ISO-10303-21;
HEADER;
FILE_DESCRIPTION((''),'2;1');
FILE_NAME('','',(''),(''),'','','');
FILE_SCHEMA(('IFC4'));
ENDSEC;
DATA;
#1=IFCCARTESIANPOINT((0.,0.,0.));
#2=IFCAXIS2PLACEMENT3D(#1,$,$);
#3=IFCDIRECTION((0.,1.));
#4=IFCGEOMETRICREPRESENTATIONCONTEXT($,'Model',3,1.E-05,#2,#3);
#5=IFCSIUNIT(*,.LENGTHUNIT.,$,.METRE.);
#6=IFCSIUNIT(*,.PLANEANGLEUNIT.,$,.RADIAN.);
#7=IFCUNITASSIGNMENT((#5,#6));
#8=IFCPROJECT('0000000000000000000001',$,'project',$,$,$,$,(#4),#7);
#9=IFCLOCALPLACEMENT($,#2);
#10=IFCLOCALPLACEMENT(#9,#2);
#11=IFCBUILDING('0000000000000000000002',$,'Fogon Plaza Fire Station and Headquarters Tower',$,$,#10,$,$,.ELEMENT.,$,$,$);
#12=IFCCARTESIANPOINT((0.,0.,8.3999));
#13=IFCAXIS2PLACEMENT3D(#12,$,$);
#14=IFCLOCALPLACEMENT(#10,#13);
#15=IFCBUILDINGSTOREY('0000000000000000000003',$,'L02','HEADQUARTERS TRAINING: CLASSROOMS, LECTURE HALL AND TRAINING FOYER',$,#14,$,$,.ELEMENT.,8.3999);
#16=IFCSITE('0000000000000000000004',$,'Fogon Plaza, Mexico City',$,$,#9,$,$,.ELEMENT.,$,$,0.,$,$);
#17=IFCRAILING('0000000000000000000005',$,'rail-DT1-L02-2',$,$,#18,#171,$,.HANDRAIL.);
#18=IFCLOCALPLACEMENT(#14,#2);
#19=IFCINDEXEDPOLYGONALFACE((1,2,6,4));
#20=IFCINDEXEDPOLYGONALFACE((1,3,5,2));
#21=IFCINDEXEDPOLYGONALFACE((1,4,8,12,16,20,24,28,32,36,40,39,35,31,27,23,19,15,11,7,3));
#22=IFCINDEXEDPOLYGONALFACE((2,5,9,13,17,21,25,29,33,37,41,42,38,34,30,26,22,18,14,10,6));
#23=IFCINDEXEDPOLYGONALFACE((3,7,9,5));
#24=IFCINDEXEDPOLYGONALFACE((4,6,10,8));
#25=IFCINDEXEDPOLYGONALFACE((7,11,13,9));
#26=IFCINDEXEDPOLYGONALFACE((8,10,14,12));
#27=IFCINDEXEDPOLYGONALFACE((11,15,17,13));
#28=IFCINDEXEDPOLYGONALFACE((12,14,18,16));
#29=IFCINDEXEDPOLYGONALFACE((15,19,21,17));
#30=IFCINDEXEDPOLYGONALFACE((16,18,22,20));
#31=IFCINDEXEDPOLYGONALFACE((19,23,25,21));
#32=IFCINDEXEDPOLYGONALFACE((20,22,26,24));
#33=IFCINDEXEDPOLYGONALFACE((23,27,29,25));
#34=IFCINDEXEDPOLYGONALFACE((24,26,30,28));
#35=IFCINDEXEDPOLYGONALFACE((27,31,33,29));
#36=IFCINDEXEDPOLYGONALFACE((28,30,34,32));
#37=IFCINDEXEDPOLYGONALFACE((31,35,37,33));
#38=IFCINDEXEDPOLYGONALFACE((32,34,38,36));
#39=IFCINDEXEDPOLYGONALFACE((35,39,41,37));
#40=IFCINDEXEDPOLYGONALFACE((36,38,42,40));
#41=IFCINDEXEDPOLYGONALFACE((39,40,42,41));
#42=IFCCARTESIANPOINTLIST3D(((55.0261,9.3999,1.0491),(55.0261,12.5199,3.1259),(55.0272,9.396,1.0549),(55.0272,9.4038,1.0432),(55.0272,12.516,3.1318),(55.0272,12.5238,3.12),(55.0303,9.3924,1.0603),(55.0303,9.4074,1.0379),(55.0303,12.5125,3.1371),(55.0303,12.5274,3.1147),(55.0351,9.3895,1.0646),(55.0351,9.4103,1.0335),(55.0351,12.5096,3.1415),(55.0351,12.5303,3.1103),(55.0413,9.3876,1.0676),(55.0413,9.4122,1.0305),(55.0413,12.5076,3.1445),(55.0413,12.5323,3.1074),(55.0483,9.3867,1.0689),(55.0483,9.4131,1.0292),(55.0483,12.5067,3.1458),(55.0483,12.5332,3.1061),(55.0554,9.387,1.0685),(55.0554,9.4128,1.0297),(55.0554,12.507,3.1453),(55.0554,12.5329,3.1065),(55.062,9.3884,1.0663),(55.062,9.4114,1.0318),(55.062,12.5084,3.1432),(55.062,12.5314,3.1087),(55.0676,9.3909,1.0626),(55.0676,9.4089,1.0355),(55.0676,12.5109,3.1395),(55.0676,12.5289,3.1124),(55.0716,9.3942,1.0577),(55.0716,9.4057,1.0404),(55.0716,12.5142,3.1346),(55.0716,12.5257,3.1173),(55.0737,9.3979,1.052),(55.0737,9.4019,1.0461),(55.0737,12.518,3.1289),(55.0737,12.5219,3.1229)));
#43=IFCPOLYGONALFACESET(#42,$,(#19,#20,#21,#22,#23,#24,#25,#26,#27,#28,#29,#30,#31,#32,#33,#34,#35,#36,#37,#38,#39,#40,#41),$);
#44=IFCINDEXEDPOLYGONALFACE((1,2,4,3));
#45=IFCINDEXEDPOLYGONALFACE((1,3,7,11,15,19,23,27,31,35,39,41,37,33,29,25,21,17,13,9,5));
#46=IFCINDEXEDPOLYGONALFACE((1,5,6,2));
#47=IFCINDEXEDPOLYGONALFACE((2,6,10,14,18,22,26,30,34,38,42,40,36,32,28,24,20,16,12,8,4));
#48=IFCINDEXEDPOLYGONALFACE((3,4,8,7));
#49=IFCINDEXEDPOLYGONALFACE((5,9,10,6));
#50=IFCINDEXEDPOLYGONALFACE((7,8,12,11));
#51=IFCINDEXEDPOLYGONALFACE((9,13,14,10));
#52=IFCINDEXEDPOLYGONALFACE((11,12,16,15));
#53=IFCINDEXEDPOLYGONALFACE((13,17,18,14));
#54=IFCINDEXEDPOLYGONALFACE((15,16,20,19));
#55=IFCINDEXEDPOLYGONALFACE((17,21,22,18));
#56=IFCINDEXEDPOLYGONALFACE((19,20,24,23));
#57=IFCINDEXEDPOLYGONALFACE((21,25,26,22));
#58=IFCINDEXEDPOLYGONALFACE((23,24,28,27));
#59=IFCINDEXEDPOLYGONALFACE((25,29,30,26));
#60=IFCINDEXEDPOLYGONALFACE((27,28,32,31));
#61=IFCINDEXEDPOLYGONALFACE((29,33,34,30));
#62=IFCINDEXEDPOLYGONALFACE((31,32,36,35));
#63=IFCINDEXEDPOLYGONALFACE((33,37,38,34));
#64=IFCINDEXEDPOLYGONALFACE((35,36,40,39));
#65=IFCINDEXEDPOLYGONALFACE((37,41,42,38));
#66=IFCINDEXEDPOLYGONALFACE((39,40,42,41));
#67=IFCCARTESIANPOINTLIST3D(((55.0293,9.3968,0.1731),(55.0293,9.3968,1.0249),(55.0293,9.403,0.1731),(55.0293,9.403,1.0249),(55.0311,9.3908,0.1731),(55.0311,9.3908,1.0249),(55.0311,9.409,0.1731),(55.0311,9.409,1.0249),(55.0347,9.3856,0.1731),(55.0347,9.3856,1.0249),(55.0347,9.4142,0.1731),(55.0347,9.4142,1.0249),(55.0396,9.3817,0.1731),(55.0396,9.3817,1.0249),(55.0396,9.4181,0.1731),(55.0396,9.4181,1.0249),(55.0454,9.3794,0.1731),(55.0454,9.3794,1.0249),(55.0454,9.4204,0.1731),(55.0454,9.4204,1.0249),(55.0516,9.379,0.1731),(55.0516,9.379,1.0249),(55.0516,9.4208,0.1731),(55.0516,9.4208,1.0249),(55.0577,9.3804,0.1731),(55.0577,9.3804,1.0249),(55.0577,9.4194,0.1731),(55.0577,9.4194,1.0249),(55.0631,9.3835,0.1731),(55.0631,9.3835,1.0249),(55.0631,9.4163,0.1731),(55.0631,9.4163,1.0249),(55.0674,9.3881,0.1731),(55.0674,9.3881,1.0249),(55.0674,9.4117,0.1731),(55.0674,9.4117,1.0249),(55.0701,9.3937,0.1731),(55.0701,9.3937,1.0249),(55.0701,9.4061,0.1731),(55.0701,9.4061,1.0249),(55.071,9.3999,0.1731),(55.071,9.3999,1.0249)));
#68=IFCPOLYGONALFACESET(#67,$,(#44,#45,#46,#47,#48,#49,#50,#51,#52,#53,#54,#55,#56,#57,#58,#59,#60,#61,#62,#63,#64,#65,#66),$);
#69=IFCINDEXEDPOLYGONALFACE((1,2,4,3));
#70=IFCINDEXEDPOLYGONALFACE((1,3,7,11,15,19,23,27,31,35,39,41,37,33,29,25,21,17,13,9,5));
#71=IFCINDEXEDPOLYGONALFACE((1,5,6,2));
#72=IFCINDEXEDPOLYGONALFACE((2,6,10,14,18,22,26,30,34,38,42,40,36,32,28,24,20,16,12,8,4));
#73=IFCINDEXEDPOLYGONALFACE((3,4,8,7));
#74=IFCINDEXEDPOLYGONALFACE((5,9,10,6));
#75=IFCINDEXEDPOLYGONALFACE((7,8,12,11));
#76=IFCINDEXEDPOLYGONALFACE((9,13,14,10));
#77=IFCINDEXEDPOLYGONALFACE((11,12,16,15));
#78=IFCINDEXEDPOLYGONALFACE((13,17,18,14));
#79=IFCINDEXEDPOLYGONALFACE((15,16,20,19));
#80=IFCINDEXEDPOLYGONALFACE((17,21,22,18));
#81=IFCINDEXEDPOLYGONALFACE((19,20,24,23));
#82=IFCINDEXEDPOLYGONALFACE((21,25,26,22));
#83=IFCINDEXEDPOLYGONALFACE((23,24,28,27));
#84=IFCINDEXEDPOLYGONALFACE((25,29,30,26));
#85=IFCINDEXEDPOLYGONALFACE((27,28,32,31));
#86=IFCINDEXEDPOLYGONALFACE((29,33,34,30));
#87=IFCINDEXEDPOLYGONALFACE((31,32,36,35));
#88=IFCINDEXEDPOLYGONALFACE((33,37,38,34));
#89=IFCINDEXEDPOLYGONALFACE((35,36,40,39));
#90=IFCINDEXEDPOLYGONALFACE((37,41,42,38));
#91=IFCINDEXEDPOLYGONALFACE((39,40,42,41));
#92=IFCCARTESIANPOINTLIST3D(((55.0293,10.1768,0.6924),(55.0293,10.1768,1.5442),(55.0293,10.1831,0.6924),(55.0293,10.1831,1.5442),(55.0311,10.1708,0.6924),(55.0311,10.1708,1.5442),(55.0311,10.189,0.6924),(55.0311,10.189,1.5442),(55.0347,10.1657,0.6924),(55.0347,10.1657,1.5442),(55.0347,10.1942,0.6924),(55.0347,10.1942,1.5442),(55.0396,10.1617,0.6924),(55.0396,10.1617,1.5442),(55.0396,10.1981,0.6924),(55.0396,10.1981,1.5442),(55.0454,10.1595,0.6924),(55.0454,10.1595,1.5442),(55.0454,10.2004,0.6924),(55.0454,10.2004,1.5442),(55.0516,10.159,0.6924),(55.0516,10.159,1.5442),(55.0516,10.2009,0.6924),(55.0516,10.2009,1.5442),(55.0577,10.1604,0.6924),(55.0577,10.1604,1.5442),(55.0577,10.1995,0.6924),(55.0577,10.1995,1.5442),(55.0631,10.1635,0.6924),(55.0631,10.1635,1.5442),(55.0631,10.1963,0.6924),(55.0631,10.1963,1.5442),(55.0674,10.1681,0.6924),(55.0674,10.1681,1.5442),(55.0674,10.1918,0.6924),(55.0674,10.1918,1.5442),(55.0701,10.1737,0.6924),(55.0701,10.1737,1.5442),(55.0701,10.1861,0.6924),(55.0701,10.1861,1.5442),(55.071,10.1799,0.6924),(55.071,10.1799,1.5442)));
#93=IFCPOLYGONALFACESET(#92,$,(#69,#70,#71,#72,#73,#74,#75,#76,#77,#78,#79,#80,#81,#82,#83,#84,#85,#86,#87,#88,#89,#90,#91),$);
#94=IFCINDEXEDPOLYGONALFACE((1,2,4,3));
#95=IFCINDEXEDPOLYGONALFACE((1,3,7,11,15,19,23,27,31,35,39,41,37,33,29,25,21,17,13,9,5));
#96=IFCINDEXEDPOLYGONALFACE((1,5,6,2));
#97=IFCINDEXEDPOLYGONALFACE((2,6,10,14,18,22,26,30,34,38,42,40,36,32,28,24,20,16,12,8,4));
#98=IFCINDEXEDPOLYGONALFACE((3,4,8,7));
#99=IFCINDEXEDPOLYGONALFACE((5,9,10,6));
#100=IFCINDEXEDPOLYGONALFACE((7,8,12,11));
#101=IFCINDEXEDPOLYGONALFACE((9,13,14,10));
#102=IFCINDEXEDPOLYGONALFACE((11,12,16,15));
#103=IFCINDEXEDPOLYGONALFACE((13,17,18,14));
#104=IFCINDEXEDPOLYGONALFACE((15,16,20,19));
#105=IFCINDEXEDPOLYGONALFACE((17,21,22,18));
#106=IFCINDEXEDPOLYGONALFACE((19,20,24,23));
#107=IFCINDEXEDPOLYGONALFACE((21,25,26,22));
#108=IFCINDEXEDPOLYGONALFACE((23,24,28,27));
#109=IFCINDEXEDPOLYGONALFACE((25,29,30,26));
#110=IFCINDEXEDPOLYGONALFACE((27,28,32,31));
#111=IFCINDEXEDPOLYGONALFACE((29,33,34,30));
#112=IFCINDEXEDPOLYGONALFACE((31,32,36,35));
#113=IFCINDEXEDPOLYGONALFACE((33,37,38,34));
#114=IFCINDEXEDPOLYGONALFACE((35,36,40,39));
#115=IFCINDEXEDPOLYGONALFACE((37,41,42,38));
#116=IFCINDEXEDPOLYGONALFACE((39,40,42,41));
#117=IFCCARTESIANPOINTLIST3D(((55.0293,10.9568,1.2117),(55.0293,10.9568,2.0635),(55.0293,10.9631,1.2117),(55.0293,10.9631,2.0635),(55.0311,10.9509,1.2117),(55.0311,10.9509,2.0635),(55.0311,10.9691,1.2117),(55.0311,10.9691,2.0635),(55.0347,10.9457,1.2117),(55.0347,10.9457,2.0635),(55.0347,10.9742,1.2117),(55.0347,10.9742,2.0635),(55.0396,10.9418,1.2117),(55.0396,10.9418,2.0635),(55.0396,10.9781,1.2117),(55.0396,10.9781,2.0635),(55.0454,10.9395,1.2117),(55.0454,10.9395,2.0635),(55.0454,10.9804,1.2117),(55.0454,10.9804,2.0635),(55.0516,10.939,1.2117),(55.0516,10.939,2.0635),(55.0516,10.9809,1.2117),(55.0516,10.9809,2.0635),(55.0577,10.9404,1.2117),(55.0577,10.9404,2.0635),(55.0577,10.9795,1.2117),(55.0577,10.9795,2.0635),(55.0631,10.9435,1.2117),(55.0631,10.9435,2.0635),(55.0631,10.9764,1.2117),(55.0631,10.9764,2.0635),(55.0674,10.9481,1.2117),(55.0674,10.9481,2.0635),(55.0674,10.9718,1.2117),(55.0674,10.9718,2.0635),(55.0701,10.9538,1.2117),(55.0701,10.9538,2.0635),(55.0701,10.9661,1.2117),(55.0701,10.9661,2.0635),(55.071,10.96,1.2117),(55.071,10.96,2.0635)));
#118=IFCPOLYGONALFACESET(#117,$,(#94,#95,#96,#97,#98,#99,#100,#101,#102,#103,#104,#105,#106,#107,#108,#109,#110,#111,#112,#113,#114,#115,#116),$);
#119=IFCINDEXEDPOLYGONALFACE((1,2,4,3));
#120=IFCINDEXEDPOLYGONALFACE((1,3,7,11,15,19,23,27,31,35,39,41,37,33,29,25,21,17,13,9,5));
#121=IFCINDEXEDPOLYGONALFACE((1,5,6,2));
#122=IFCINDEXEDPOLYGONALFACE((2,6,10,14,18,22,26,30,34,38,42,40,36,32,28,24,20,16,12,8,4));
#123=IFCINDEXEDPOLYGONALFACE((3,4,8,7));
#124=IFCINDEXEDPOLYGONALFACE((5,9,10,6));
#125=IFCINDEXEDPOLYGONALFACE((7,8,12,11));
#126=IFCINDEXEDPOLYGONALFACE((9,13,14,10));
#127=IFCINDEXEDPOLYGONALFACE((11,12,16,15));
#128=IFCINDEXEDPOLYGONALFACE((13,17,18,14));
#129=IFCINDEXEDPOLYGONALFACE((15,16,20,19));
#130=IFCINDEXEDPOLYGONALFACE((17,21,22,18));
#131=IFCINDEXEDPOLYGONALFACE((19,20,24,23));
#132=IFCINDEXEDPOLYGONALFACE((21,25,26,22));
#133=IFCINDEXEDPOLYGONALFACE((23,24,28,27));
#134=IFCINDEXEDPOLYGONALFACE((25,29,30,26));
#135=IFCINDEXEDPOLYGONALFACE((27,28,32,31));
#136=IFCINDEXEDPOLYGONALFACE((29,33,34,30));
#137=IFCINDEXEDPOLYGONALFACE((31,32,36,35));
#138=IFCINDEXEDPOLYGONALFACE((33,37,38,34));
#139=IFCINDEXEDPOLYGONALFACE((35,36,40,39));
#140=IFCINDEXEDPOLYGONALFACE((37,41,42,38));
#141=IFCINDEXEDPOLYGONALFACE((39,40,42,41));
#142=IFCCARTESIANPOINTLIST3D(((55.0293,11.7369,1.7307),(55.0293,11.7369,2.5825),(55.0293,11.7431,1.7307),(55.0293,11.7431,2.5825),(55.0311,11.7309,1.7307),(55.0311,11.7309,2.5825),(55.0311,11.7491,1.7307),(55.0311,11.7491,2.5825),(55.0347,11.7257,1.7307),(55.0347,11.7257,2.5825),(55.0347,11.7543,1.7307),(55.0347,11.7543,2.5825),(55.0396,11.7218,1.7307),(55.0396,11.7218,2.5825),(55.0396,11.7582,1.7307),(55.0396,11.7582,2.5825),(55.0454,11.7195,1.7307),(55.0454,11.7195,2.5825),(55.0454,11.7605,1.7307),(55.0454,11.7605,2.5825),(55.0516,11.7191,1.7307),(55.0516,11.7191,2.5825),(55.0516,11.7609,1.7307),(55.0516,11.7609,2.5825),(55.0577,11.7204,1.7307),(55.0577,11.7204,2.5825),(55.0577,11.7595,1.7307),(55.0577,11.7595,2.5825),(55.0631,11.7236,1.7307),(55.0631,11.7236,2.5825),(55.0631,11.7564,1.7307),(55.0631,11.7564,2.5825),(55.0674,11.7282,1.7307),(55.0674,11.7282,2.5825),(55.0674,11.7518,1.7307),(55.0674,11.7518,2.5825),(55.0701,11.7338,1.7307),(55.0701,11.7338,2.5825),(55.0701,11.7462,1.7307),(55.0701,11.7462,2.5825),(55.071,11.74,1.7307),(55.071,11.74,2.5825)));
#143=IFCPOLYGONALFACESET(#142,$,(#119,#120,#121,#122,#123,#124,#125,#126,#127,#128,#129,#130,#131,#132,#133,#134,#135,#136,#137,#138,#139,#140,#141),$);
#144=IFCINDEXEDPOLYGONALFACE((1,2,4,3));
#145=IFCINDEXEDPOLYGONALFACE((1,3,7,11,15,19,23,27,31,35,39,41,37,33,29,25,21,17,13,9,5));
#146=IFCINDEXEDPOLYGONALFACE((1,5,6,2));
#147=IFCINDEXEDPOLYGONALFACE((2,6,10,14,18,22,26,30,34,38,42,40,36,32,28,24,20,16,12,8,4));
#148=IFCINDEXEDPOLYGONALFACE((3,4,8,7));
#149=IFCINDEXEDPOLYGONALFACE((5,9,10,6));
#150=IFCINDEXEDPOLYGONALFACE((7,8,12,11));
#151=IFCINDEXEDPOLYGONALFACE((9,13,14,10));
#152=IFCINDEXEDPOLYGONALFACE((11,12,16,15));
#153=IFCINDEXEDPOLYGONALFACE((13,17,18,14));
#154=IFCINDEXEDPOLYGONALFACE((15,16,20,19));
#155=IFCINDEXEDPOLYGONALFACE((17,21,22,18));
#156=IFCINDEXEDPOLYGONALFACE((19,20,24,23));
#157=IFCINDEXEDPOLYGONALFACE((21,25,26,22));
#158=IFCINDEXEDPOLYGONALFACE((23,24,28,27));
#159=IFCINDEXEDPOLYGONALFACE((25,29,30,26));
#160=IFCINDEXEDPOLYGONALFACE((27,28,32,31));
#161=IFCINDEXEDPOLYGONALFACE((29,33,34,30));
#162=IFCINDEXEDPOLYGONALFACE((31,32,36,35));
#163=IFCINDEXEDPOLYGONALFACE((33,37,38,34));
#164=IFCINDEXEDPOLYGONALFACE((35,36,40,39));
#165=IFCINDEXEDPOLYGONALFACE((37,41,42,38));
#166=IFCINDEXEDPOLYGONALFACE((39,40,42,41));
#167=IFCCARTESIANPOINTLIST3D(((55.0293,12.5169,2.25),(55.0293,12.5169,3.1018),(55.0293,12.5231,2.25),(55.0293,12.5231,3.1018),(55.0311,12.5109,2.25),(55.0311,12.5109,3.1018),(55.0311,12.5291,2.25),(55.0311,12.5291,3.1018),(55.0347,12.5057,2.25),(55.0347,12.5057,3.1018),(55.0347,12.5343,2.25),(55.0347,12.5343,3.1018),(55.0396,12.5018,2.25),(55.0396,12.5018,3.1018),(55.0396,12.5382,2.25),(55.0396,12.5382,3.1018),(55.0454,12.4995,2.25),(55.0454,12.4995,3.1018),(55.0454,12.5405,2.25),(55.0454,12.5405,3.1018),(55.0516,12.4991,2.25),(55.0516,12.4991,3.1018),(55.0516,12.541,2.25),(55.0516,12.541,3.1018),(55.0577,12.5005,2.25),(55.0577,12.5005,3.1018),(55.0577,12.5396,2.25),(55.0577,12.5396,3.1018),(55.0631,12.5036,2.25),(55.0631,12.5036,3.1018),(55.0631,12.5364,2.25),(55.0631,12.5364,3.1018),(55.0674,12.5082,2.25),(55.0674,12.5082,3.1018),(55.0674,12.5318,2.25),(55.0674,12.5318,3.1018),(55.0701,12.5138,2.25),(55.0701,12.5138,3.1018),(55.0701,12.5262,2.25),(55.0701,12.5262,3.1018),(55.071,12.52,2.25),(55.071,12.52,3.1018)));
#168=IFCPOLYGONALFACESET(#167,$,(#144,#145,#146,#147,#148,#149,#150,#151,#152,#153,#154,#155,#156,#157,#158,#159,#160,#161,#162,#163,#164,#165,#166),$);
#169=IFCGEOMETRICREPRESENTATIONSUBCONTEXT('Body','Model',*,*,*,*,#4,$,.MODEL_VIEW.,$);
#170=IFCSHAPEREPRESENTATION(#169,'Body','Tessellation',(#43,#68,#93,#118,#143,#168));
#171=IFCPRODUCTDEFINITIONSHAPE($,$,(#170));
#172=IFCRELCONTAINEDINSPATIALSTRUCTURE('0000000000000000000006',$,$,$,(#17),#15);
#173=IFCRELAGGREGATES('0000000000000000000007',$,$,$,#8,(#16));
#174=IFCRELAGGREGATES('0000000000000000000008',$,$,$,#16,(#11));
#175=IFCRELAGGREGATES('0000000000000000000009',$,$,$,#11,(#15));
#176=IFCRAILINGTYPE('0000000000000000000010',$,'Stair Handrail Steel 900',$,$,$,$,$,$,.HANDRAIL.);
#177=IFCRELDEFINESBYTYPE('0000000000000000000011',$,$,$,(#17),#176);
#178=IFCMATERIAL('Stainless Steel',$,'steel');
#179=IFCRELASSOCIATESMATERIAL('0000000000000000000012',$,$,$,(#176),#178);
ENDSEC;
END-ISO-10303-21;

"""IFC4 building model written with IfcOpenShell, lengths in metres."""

from ifc_helpers import new_model, si_unit, direction, frame, origin, origin_2d, place, context, subcontext, project, spatial, circle, extrude, material, type_object, element, save


model = new_model("IFC4")

# Units and contexts
model_context = context("Model", 3, precision=1e-05, world=origin(), true_north=direction((0.0, 1.0)))
body_context = subcontext(model_context, "Body", "Model", "MODEL_VIEW")
ifc_project = project(units=[si_unit("LENGTHUNIT", "METRE"), si_unit("PLANEANGLEUNIT", "RADIAN")], contexts=[model_context])

# Site, building, storey
site_placement = place(None, origin())
site = spatial("IfcSite", under=ifc_project, at=site_placement, Name="Fogon Plaza, Mexico City", CompositionType="ELEMENT", RefElevation=0.0)
building_placement = place(site_placement, origin())
building = spatial("IfcBuilding", under=site, at=building_placement, Name="Fogon Plaza Fire Station and Headquarters Tower", CompositionType="ELEMENT")
storey_placement = place(building_placement, frame((0.0, 0.0, 8.3999)))
storey = spatial("IfcBuildingStorey", under=building, at=storey_placement, Name="L02", Description="HEADQUARTERS TRAINING: CLASSROOMS, LECTURE HALL AND TRAINING FOYER", CompositionType="ELEMENT", Elevation=8.3999)

# Railing
ifc_material_1 = material(Name="Stainless Steel", Category="steel")
railing_type_1 = type_object("IfcRailingType", Name="Stair Handrail Steel 900", PredefinedType="HANDRAIL", material=ifc_material_1)
for number, where, name in (
    (1, (55.05, 9.3999, 0.1731), "rail-DT1-L02-2"),
):
    element("IfcRailing", number, at=place(storey_placement, frame(where)), inside=storey, type_object=railing_type_1, Name=name, PredefinedType="HANDRAIL", context=body_context, shape_type="SweptSolid", body=[
        extrude(circle(Radius=0.0239, at=origin_2d()), frame((0.0, 0.0, 0.876), z_axis=(0.0, 0.832441, 0.554114), x_axis=(-1.0, 0.0, 0.0)), (0.0, 0.0, 1.0), 3.748),
        extrude(circle(Radius=0.021, at=origin_2d()), origin(), (0.0, 0.0, 1.0), 0.8518),
        extrude(circle(Radius=0.021, at=origin_2d()), frame((0.0, 0.78, 0.5193)), (0.0, 0.0, 1.0), 0.8518),
        extrude(circle(Radius=0.021, at=origin_2d()), frame((0.0, 1.5601, 1.0386)), (0.0, 0.0, 1.0), 0.8518),
        extrude(circle(Radius=0.021, at=origin_2d()), frame((0.0, 2.3401, 1.5576)), (0.0, 0.0, 1.0), 0.8518),
        extrude(circle(Radius=0.021, at=origin_2d()), frame((0.0, 3.1201, 2.0769)), (0.0, 0.0, 1.0), 0.8518),
    ])

save(model, "model.ifc")
